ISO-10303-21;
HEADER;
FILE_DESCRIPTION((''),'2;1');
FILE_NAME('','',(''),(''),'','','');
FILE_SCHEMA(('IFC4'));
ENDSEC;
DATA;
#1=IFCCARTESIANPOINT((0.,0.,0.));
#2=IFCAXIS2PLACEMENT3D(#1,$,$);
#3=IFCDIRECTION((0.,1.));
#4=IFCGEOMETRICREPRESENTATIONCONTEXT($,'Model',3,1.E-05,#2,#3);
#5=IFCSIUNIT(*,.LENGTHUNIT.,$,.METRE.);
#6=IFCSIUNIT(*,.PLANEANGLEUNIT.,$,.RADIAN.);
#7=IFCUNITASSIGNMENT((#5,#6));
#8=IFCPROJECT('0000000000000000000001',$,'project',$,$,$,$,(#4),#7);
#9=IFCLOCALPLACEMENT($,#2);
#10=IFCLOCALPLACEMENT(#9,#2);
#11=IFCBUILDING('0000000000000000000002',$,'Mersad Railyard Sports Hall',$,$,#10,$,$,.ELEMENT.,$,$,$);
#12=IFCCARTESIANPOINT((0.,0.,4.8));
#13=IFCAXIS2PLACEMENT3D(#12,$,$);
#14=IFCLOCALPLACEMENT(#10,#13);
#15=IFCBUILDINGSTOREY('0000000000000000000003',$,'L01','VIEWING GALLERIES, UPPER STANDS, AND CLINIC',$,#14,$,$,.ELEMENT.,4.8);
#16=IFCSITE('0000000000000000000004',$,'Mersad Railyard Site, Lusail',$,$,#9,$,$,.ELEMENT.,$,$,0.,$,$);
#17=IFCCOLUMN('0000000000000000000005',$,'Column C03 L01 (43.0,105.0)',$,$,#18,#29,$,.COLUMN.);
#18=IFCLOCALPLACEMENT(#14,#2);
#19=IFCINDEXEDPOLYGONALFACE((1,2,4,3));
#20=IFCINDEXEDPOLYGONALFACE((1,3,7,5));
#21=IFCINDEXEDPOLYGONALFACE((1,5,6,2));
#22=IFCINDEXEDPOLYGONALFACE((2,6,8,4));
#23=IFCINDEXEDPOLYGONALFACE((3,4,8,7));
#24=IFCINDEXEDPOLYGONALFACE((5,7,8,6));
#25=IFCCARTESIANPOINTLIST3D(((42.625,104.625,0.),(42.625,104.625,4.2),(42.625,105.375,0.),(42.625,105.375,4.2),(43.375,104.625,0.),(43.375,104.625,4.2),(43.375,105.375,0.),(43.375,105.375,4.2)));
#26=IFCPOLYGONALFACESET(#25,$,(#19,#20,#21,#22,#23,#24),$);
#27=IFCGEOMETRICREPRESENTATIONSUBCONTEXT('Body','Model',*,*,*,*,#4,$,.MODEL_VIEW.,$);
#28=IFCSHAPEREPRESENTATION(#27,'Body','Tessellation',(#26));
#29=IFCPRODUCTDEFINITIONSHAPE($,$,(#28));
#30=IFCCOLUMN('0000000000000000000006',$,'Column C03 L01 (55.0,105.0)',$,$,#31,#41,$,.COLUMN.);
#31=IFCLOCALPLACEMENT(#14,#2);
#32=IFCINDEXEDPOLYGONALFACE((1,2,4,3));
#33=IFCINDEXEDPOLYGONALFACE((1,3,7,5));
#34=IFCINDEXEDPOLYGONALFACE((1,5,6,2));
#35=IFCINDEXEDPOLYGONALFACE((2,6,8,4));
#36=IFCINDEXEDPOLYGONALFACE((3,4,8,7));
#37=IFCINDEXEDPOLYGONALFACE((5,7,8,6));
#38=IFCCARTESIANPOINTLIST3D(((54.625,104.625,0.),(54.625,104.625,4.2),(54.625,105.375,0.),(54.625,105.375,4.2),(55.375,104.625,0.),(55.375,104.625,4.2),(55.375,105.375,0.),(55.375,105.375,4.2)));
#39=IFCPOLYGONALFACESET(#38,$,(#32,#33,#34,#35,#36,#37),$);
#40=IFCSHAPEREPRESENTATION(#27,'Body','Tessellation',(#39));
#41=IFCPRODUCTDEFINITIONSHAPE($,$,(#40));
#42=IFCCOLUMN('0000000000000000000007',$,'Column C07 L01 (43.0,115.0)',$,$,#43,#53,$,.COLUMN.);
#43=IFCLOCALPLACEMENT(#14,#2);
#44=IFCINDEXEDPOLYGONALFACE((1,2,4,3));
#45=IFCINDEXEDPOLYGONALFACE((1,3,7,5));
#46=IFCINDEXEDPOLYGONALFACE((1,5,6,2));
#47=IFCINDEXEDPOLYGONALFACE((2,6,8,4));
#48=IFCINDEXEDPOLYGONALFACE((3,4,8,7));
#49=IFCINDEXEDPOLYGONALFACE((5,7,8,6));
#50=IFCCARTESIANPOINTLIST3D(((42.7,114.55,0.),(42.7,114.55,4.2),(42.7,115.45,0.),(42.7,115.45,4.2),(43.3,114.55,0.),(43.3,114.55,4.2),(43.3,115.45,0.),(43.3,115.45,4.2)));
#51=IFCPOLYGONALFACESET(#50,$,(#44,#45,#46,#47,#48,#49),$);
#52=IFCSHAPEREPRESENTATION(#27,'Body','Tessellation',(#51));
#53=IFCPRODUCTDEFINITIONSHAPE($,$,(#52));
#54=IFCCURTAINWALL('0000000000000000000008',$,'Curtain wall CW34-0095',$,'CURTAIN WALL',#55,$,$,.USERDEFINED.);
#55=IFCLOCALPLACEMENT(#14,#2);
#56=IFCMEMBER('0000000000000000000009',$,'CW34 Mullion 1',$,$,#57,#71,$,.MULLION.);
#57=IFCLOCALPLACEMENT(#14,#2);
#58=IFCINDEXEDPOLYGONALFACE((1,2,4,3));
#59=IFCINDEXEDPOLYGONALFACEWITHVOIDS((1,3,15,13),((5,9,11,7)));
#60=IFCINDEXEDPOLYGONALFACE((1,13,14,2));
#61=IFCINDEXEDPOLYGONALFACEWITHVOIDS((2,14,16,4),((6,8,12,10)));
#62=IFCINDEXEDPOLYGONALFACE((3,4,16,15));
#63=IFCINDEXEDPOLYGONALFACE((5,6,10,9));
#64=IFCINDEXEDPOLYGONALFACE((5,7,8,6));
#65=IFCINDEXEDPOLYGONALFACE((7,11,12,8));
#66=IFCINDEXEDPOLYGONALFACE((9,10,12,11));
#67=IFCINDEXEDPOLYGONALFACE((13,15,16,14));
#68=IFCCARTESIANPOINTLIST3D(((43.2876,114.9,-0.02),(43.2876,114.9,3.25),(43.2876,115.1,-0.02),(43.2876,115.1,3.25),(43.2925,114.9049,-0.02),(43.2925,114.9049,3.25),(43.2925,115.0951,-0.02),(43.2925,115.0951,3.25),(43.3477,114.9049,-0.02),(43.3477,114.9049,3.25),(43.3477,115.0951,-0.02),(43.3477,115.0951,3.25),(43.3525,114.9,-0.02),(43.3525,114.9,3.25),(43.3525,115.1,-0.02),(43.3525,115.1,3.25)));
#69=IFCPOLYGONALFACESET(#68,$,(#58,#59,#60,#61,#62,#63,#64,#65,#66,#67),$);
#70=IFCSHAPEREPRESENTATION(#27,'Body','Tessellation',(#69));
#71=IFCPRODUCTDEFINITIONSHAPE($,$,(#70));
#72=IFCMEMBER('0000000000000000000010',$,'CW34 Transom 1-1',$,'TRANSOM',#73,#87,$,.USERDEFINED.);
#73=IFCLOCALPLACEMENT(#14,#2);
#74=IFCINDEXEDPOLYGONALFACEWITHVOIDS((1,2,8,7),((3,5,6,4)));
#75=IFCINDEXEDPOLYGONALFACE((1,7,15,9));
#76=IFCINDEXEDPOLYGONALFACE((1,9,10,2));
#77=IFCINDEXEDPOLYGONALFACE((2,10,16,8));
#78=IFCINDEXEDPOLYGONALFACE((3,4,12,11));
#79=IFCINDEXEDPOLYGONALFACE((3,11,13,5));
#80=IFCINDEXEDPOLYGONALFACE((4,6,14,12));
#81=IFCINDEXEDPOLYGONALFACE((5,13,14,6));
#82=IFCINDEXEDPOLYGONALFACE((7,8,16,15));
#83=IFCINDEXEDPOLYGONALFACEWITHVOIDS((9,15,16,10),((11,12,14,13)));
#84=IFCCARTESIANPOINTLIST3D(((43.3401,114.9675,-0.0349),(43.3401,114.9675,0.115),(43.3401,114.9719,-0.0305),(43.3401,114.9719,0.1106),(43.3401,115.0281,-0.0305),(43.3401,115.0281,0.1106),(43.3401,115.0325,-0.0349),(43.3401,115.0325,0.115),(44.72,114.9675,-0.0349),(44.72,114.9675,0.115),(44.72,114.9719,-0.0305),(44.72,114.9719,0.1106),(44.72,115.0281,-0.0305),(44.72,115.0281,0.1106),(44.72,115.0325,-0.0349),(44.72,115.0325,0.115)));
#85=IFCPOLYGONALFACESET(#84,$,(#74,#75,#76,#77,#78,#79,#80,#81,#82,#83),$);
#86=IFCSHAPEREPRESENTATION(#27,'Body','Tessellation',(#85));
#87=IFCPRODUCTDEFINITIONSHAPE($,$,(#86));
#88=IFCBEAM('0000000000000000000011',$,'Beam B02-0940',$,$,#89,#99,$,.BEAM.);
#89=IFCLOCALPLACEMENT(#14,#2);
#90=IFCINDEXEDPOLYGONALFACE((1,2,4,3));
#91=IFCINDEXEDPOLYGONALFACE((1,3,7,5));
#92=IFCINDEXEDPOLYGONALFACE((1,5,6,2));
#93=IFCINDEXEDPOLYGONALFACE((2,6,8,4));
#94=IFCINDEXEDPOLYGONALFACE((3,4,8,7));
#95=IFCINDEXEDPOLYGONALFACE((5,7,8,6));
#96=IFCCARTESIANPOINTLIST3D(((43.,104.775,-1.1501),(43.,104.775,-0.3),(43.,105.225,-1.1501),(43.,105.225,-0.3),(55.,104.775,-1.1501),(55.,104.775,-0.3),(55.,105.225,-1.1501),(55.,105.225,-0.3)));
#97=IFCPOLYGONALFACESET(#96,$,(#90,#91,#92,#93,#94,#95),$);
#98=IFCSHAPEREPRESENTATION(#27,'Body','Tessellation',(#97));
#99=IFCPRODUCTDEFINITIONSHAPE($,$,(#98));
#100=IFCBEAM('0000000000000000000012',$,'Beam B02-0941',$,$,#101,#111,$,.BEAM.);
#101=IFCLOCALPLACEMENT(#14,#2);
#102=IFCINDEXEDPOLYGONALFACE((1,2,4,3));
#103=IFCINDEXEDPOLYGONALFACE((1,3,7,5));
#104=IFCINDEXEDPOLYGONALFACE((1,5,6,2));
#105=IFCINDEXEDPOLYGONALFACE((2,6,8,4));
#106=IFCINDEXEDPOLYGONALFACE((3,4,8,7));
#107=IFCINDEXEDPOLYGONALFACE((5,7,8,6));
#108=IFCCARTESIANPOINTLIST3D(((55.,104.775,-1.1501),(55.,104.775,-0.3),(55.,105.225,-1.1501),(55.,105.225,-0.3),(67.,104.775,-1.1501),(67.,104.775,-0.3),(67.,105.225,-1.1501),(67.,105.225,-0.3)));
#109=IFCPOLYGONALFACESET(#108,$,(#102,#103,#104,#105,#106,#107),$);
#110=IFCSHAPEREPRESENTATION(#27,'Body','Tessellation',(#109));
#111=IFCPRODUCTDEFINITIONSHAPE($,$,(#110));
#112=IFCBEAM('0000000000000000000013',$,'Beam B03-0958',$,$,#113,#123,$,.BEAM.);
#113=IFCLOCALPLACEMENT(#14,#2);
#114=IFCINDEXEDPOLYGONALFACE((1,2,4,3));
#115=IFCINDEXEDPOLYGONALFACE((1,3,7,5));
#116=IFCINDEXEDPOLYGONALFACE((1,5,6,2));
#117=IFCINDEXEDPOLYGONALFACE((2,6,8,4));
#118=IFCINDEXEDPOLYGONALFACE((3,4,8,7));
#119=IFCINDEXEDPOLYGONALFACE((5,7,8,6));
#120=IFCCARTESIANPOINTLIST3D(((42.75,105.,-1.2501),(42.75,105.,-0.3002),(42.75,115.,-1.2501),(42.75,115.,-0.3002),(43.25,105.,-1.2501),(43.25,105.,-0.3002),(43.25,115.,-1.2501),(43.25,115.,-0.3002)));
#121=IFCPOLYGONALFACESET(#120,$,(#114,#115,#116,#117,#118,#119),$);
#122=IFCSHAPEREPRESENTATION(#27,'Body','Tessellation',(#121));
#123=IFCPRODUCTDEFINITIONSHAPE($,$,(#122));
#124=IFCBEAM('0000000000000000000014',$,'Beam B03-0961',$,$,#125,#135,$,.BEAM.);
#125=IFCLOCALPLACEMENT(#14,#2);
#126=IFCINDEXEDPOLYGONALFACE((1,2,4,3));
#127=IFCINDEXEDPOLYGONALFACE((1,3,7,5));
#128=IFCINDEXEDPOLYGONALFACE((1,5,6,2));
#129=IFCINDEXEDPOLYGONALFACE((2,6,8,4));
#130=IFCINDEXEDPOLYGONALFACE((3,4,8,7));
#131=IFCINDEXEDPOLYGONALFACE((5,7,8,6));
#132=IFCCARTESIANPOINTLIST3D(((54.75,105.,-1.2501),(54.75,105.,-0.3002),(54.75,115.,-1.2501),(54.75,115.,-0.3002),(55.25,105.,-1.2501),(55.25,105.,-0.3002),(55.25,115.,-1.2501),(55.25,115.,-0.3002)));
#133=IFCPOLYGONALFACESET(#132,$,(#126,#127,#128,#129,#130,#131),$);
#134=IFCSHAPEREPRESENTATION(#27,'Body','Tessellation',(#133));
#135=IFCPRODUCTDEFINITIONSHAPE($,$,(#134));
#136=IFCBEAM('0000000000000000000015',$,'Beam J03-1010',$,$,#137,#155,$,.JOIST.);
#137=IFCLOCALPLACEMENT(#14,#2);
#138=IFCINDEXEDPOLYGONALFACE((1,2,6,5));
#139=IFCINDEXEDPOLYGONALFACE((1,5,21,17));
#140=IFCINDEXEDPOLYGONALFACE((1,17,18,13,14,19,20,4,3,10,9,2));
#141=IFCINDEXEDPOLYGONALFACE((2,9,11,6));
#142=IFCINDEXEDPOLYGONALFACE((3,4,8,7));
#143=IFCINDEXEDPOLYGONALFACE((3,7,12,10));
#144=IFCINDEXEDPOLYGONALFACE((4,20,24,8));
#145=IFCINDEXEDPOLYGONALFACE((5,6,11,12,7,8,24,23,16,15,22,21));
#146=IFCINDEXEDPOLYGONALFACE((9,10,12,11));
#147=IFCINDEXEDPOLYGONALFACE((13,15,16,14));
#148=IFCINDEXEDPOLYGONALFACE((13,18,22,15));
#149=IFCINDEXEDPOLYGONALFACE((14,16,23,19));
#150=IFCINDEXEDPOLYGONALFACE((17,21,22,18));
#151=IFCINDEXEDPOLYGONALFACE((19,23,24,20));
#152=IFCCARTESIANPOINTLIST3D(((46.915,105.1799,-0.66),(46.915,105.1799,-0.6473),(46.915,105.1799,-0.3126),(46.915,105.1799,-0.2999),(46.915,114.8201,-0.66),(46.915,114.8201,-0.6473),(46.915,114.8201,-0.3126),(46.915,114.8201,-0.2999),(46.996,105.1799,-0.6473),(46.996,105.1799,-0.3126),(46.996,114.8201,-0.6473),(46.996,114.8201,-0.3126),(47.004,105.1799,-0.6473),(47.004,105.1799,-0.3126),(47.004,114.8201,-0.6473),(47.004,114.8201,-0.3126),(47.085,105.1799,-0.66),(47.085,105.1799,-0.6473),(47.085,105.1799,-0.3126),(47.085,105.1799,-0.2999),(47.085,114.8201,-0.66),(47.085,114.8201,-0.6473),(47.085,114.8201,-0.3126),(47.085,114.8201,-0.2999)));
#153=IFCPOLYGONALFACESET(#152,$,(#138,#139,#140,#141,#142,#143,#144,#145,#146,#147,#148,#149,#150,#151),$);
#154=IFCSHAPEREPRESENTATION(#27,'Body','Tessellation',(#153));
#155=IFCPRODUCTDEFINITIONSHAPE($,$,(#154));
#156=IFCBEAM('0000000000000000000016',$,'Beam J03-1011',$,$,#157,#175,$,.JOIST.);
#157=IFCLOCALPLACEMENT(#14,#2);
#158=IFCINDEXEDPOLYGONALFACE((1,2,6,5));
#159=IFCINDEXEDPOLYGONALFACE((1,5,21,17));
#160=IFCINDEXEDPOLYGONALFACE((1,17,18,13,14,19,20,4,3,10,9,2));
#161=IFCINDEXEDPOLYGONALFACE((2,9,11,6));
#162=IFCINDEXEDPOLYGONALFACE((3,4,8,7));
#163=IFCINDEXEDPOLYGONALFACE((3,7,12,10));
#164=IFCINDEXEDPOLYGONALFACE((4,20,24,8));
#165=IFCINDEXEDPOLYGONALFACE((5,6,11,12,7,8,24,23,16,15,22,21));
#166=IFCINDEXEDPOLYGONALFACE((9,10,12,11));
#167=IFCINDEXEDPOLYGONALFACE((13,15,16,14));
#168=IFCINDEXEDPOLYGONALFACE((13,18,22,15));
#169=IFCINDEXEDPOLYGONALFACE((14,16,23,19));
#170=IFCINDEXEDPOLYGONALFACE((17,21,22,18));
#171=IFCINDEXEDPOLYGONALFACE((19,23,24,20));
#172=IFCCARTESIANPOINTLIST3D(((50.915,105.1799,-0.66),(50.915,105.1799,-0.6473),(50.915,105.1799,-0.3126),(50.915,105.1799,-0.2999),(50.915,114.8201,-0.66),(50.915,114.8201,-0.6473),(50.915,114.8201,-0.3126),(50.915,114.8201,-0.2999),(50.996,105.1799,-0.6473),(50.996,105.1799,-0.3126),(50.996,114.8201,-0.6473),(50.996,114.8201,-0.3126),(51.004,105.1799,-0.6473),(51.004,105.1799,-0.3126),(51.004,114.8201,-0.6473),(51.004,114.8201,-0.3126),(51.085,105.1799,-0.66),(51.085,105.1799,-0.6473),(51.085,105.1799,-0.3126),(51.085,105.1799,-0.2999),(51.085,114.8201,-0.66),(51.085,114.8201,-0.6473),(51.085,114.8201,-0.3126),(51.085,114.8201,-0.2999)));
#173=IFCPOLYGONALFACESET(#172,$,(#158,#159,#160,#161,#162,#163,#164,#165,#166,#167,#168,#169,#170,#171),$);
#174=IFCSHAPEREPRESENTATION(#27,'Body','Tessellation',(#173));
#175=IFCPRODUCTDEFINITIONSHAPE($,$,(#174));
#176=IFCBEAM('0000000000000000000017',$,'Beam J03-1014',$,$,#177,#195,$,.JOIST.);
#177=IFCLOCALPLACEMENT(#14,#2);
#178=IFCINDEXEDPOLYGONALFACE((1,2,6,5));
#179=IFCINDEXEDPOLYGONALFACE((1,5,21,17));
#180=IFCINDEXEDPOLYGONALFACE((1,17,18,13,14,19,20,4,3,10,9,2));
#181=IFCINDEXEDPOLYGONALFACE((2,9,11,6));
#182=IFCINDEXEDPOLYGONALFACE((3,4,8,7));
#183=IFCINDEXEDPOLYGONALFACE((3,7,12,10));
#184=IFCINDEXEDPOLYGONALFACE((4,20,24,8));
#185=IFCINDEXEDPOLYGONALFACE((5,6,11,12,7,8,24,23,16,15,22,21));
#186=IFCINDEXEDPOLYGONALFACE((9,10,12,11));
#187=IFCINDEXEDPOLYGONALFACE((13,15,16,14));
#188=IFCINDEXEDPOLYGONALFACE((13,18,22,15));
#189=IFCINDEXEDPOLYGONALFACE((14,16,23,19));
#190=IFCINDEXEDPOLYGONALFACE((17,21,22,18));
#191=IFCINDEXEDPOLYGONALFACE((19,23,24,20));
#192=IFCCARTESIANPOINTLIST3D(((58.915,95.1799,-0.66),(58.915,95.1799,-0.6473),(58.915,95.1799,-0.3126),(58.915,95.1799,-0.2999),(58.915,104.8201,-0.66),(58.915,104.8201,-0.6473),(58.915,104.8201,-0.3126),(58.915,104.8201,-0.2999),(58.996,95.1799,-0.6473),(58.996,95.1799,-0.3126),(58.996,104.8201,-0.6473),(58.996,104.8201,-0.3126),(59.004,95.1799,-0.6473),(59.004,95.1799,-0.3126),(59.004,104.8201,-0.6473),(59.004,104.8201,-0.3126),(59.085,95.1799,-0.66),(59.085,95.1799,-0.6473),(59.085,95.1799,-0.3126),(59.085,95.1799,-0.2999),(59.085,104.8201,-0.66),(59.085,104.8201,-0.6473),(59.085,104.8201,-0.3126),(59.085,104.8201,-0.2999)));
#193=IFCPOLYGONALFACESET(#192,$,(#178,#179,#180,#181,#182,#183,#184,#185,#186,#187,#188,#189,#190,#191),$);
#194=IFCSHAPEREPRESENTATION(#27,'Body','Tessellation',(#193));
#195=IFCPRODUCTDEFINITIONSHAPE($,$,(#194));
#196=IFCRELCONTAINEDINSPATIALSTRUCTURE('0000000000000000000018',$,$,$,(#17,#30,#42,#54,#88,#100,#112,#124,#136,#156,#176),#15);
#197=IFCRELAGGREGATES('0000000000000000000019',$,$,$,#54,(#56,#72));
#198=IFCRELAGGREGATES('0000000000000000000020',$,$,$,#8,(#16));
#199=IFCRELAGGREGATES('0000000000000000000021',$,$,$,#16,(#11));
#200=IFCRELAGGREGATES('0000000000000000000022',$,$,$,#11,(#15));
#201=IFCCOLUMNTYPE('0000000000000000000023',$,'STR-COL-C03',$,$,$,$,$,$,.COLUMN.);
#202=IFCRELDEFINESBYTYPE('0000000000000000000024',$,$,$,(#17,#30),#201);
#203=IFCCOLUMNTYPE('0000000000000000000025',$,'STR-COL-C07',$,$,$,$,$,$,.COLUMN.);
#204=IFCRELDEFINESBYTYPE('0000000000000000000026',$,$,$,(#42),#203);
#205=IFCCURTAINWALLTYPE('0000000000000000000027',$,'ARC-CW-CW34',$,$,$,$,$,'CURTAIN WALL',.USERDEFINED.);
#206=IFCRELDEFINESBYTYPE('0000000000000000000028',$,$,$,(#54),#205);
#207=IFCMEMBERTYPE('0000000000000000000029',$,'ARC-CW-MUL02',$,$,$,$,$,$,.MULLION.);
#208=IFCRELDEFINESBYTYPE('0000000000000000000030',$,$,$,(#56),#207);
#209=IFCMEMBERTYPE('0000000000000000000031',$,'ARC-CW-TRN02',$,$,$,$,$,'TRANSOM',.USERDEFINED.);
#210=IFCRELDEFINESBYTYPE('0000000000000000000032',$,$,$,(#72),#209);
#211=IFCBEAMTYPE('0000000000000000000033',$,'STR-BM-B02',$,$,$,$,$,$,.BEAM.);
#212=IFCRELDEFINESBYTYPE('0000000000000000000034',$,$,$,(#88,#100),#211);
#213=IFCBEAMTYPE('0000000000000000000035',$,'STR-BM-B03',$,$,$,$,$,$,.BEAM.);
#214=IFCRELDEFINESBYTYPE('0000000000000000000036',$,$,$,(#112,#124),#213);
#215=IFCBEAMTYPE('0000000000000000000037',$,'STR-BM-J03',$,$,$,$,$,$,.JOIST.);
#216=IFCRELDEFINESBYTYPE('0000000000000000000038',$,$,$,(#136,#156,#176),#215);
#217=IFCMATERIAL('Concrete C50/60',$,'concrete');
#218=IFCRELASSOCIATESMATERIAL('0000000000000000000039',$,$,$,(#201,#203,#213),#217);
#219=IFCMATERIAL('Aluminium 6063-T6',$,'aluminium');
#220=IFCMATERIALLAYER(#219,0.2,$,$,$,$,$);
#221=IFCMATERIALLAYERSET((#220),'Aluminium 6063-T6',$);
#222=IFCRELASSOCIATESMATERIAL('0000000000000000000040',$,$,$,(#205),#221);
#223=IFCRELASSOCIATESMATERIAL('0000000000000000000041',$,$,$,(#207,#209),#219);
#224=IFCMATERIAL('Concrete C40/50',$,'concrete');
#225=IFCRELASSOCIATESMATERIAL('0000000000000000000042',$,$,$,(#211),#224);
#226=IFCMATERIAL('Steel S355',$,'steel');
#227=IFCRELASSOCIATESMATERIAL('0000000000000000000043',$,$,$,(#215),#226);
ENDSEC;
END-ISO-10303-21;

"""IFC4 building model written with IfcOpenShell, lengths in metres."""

from ifc_helpers import new_model, si_unit, direction, frame, origin, origin_2d, place, context, subcontext, project, spatial, rectangle, hollow_rectangle, i_section, extrude, material, layer, layer_set, material_profile, profile_set, type_object, element, aggregate, save


model = new_model("IFC4")

# Units and contexts
model_context = context("Model", 3, precision=1e-05, world=origin(), true_north=direction((0.0, 1.0)))
body_context = subcontext(model_context, "Body", "Model", "MODEL_VIEW")
ifc_project = project(units=[si_unit("LENGTHUNIT", "METRE"), si_unit("PLANEANGLEUNIT", "RADIAN")], contexts=[model_context])

# Site, building, storey
site_placement = place(None, origin())
site = spatial("IfcSite", under=ifc_project, at=site_placement, Name="Mersad Railyard Site, Lusail", CompositionType="ELEMENT", RefElevation=0.0)
building_placement = place(site_placement, origin())
building = spatial("IfcBuilding", under=site, at=building_placement, Name="Mersad Railyard Sports Hall", CompositionType="ELEMENT")
storey_placement = place(building_placement, frame((0.0, 0.0, 4.8)))
storey = spatial("IfcBuildingStorey", under=building, at=storey_placement, Name="L01", Description="VIEWING GALLERIES, UPPER STANDS, AND CLINIC", CompositionType="ELEMENT", Elevation=4.8)

# Columns
ifc_material_1 = material(Name="Concrete C50/60", Category="concrete")
ifc_material_profile_1 = material_profile(ifc_material_1, rectangle(XDim=0.75, YDim=0.75, at=origin_2d()), Name="RC 750x750")
ifc_profile_set_1 = profile_set([ifc_material_profile_1], Name="Concrete C50/60")
column_type_1 = type_object("IfcColumnType", Name="STR-COL-C03", PredefinedType="COLUMN", material=ifc_profile_set_1)
for number, where, z_axis, x_axis, name in (
    (1, (43.0, 105.0, 0.0), (0.0, 0.0, 1.0), (1.0, 0.0, 0.0), "Column C03 L01 (43.0,105.0)"),
    (2, (55.0, 105.0, 0.0), (0.0, 0.0, 1.0), (1.0, 0.0, 0.0), "Column C03 L01 (55.0,105.0)"),
):
    element("IfcColumn", number, at=place(storey_placement, frame(where, z_axis=z_axis, x_axis=x_axis)), inside=storey, type_object=column_type_1, Name=name, PredefinedType="COLUMN", context=body_context, shape_type="SweptSolid", body=[
        extrude(rectangle(XDim=0.75, YDim=0.75, at=origin_2d()), origin(), (0.0, 0.0, 1.0), 4.2),
    ])
ifc_material_profile_2 = material_profile(ifc_material_1, rectangle(XDim=0.6001, YDim=0.8999, at=origin_2d()), Name="RC 600x900")
ifc_profile_set_2 = profile_set([ifc_material_profile_2], Name="Concrete C50/60")
column_type_2 = type_object("IfcColumnType", Name="STR-COL-C07", PredefinedType="COLUMN", material=ifc_profile_set_2)
column_placement = place(storey_placement, frame((43.0, 115.0, 0.0), z_axis=(0.0, 0.0, 1.0), x_axis=(1.0, 0.0, 0.0)))
element("IfcColumn", 3, at=column_placement, inside=storey, type_object=column_type_2, Name="Column C07 L01 (43.0,115.0)", PredefinedType="COLUMN", context=body_context, shape_type="SweptSolid", body=[
    extrude(rectangle(XDim=0.6001, YDim=0.8999, at=origin_2d()), origin(), (0.0, 0.0, 1.0), 4.2),
])

# Curtain wall, members
ifc_material_2 = material(Name="Aluminium 6063-T6", Category="aluminium")
ifc_layer_1 = layer(ifc_material_2, 0.2)
ifc_layer_set_1 = layer_set([ifc_layer_1], Name="Aluminium 6063-T6")
curtain_wall_type = type_object("IfcCurtainWallType", Name="ARC-CW-CW34", ElementType="CURTAIN WALL", PredefinedType="USERDEFINED", material=ifc_layer_set_1)
curtain_wall_placement = place(storey_placement, origin())
curtain_wall = element("IfcCurtainWall", 4, at=curtain_wall_placement, inside=storey, type_object=curtain_wall_type, Name="Curtain wall CW34-0095", ObjectType="CURTAIN WALL", PredefinedType="USERDEFINED")
ifc_material_profile_3 = material_profile(ifc_material_2, hollow_rectangle(XDim=0.0649, YDim=0.2, WallThickness=0.0049, at=origin_2d()), Name="AL MULLION 65x200x5")
ifc_profile_set_3 = profile_set([ifc_material_profile_3], Name="Aluminium 6063-T6")
member_type_1 = type_object("IfcMemberType", Name="ARC-CW-MUL02", PredefinedType="MULLION", material=ifc_profile_set_3)
member_1_placement = place(storey_placement, frame((43.3201, 115.0, -0.02), z_axis=(0.0, 0.0, 1.0), x_axis=(1.0, 0.0, 0.0)))
member_1 = element("IfcMember", 5, at=member_1_placement, type_object=member_type_1, Name="CW34 Mullion 1", PredefinedType="MULLION", context=body_context, shape_type="SweptSolid", body=[
    extrude(hollow_rectangle(XDim=0.0649, YDim=0.2, WallThickness=0.0049, at=origin_2d()), origin(), (0.0, 0.0, 1.0), 3.27),
])
ifc_material_profile_4 = material_profile(ifc_material_2, hollow_rectangle(XDim=0.0649, YDim=0.1499, WallThickness=0.0044, at=origin_2d()), Name="AL TRANSOM 65x150x4.5")
ifc_profile_set_4 = profile_set([ifc_material_profile_4], Name="Aluminium 6063-T6")
member_type_2 = type_object("IfcMemberType", Name="ARC-CW-TRN02", ElementType="TRANSOM", PredefinedType="USERDEFINED", material=ifc_profile_set_4)
member_2_placement = place(storey_placement, frame((43.3401, 115.0, 0.04), z_axis=(1.0, 0.0, 0.0), x_axis=(0.0, 1.0, 0.0)))
member_2 = element("IfcMember", 6, at=member_2_placement, type_object=member_type_2, Name="CW34 Transom 1-1", ObjectType="TRANSOM", PredefinedType="USERDEFINED", context=body_context, shape_type="SweptSolid", body=[
    extrude(hollow_rectangle(XDim=0.0649, YDim=0.1499, WallThickness=0.0044, at=origin_2d()), origin(), (0.0, 0.0, 1.0), 1.3799),
])
aggregate(curtain_wall, [member_1, member_2])

# Beams
ifc_material_3 = material(Name="Concrete C40/50", Category="concrete")
ifc_material_profile_5 = material_profile(ifc_material_3, rectangle(XDim=0.45, YDim=0.8501, at=origin_2d()), Name="RC 450x850")
ifc_profile_set_5 = profile_set([ifc_material_profile_5], Name="Concrete C40/50")
beam_type_1 = type_object("IfcBeamType", Name="STR-BM-B02", PredefinedType="BEAM", material=ifc_profile_set_5)
for number, where, z_axis, x_axis, name in (
    (7, (43.0, 105.0, -0.7251), (1.0, 0.0, 0.0), (0.0, 1.0, 0.0), "Beam B02-0940"),
    (8, (55.0, 105.0, -0.7251), (1.0, 0.0, 0.0), (0.0, 1.0, 0.0), "Beam B02-0941"),
):
    element("IfcBeam", number, at=place(storey_placement, frame(where, z_axis=z_axis, x_axis=x_axis)), inside=storey, type_object=beam_type_1, Name=name, PredefinedType="BEAM", context=body_context, shape_type="SweptSolid", body=[
        extrude(rectangle(XDim=0.45, YDim=0.8501, at=origin_2d()), origin(), (0.0, 0.0, 1.0), 12.0),
    ])
ifc_material_profile_6 = material_profile(ifc_material_1, rectangle(XDim=0.5, YDim=0.95, at=origin_2d()), Name="RC 500x950")
ifc_profile_set_6 = profile_set([ifc_material_profile_6], Name="Concrete C50/60")
beam_type_2 = type_object("IfcBeamType", Name="STR-BM-B03", PredefinedType="BEAM", material=ifc_profile_set_6)
for number, where, z_axis, x_axis, name in (
    (9, (43.0, 105.0, -0.7751), (0.0, 1.0, 0.0), (-1.0, 0.0, 0.0), "Beam B03-0958"),
    (10, (55.0, 105.0, -0.7751), (0.0, 1.0, 0.0), (-1.0, 0.0, 0.0), "Beam B03-0961"),
):
    element("IfcBeam", number, at=place(storey_placement, frame(where, z_axis=z_axis, x_axis=x_axis)), inside=storey, type_object=beam_type_2, Name=name, PredefinedType="BEAM", context=body_context, shape_type="SweptSolid", body=[
        extrude(rectangle(XDim=0.5, YDim=0.95, at=origin_2d()), origin(), (0.0, 0.0, 1.0), 10.0),
    ])
ifc_material_4 = material(Name="Steel S355", Category="steel")
ifc_material_profile_7 = material_profile(ifc_material_4, i_section(OverallWidth=0.1699, OverallDepth=0.3601, WebThickness=0.0081, FlangeThickness=0.0127, at=origin_2d()), Name="IPE 360")
ifc_profile_set_7 = profile_set([ifc_material_profile_7], Name="Steel S355")
beam_type_3 = type_object("IfcBeamType", Name="STR-BM-J03", PredefinedType="JOIST", material=ifc_profile_set_7)
for number, where, z_axis, x_axis, name in (
    (11, (47.0, 105.1799, -0.48), (0.0, 1.0, 0.0), (-1.0, 0.0, 0.0), "Beam J03-1010"),
    (12, (51.0, 105.1799, -0.48), (0.0, 1.0, 0.0), (-1.0, 0.0, 0.0), "Beam J03-1011"),
    (13, (59.0, 95.1799, -0.48), (0.0, 1.0, 0.0), (-1.0, 0.0, 0.0), "Beam J03-1014"),
):
    element("IfcBeam", number, at=place(storey_placement, frame(where, z_axis=z_axis, x_axis=x_axis)), inside=storey, type_object=beam_type_3, Name=name, PredefinedType="JOIST", context=body_context, shape_type="SweptSolid", body=[
        extrude(i_section(OverallWidth=0.1699, OverallDepth=0.3601, WebThickness=0.0081, FlangeThickness=0.0127, at=origin_2d()), origin(), (0.0, 0.0, 1.0), 9.6401),
    ])

save(model, "model.ifc")
